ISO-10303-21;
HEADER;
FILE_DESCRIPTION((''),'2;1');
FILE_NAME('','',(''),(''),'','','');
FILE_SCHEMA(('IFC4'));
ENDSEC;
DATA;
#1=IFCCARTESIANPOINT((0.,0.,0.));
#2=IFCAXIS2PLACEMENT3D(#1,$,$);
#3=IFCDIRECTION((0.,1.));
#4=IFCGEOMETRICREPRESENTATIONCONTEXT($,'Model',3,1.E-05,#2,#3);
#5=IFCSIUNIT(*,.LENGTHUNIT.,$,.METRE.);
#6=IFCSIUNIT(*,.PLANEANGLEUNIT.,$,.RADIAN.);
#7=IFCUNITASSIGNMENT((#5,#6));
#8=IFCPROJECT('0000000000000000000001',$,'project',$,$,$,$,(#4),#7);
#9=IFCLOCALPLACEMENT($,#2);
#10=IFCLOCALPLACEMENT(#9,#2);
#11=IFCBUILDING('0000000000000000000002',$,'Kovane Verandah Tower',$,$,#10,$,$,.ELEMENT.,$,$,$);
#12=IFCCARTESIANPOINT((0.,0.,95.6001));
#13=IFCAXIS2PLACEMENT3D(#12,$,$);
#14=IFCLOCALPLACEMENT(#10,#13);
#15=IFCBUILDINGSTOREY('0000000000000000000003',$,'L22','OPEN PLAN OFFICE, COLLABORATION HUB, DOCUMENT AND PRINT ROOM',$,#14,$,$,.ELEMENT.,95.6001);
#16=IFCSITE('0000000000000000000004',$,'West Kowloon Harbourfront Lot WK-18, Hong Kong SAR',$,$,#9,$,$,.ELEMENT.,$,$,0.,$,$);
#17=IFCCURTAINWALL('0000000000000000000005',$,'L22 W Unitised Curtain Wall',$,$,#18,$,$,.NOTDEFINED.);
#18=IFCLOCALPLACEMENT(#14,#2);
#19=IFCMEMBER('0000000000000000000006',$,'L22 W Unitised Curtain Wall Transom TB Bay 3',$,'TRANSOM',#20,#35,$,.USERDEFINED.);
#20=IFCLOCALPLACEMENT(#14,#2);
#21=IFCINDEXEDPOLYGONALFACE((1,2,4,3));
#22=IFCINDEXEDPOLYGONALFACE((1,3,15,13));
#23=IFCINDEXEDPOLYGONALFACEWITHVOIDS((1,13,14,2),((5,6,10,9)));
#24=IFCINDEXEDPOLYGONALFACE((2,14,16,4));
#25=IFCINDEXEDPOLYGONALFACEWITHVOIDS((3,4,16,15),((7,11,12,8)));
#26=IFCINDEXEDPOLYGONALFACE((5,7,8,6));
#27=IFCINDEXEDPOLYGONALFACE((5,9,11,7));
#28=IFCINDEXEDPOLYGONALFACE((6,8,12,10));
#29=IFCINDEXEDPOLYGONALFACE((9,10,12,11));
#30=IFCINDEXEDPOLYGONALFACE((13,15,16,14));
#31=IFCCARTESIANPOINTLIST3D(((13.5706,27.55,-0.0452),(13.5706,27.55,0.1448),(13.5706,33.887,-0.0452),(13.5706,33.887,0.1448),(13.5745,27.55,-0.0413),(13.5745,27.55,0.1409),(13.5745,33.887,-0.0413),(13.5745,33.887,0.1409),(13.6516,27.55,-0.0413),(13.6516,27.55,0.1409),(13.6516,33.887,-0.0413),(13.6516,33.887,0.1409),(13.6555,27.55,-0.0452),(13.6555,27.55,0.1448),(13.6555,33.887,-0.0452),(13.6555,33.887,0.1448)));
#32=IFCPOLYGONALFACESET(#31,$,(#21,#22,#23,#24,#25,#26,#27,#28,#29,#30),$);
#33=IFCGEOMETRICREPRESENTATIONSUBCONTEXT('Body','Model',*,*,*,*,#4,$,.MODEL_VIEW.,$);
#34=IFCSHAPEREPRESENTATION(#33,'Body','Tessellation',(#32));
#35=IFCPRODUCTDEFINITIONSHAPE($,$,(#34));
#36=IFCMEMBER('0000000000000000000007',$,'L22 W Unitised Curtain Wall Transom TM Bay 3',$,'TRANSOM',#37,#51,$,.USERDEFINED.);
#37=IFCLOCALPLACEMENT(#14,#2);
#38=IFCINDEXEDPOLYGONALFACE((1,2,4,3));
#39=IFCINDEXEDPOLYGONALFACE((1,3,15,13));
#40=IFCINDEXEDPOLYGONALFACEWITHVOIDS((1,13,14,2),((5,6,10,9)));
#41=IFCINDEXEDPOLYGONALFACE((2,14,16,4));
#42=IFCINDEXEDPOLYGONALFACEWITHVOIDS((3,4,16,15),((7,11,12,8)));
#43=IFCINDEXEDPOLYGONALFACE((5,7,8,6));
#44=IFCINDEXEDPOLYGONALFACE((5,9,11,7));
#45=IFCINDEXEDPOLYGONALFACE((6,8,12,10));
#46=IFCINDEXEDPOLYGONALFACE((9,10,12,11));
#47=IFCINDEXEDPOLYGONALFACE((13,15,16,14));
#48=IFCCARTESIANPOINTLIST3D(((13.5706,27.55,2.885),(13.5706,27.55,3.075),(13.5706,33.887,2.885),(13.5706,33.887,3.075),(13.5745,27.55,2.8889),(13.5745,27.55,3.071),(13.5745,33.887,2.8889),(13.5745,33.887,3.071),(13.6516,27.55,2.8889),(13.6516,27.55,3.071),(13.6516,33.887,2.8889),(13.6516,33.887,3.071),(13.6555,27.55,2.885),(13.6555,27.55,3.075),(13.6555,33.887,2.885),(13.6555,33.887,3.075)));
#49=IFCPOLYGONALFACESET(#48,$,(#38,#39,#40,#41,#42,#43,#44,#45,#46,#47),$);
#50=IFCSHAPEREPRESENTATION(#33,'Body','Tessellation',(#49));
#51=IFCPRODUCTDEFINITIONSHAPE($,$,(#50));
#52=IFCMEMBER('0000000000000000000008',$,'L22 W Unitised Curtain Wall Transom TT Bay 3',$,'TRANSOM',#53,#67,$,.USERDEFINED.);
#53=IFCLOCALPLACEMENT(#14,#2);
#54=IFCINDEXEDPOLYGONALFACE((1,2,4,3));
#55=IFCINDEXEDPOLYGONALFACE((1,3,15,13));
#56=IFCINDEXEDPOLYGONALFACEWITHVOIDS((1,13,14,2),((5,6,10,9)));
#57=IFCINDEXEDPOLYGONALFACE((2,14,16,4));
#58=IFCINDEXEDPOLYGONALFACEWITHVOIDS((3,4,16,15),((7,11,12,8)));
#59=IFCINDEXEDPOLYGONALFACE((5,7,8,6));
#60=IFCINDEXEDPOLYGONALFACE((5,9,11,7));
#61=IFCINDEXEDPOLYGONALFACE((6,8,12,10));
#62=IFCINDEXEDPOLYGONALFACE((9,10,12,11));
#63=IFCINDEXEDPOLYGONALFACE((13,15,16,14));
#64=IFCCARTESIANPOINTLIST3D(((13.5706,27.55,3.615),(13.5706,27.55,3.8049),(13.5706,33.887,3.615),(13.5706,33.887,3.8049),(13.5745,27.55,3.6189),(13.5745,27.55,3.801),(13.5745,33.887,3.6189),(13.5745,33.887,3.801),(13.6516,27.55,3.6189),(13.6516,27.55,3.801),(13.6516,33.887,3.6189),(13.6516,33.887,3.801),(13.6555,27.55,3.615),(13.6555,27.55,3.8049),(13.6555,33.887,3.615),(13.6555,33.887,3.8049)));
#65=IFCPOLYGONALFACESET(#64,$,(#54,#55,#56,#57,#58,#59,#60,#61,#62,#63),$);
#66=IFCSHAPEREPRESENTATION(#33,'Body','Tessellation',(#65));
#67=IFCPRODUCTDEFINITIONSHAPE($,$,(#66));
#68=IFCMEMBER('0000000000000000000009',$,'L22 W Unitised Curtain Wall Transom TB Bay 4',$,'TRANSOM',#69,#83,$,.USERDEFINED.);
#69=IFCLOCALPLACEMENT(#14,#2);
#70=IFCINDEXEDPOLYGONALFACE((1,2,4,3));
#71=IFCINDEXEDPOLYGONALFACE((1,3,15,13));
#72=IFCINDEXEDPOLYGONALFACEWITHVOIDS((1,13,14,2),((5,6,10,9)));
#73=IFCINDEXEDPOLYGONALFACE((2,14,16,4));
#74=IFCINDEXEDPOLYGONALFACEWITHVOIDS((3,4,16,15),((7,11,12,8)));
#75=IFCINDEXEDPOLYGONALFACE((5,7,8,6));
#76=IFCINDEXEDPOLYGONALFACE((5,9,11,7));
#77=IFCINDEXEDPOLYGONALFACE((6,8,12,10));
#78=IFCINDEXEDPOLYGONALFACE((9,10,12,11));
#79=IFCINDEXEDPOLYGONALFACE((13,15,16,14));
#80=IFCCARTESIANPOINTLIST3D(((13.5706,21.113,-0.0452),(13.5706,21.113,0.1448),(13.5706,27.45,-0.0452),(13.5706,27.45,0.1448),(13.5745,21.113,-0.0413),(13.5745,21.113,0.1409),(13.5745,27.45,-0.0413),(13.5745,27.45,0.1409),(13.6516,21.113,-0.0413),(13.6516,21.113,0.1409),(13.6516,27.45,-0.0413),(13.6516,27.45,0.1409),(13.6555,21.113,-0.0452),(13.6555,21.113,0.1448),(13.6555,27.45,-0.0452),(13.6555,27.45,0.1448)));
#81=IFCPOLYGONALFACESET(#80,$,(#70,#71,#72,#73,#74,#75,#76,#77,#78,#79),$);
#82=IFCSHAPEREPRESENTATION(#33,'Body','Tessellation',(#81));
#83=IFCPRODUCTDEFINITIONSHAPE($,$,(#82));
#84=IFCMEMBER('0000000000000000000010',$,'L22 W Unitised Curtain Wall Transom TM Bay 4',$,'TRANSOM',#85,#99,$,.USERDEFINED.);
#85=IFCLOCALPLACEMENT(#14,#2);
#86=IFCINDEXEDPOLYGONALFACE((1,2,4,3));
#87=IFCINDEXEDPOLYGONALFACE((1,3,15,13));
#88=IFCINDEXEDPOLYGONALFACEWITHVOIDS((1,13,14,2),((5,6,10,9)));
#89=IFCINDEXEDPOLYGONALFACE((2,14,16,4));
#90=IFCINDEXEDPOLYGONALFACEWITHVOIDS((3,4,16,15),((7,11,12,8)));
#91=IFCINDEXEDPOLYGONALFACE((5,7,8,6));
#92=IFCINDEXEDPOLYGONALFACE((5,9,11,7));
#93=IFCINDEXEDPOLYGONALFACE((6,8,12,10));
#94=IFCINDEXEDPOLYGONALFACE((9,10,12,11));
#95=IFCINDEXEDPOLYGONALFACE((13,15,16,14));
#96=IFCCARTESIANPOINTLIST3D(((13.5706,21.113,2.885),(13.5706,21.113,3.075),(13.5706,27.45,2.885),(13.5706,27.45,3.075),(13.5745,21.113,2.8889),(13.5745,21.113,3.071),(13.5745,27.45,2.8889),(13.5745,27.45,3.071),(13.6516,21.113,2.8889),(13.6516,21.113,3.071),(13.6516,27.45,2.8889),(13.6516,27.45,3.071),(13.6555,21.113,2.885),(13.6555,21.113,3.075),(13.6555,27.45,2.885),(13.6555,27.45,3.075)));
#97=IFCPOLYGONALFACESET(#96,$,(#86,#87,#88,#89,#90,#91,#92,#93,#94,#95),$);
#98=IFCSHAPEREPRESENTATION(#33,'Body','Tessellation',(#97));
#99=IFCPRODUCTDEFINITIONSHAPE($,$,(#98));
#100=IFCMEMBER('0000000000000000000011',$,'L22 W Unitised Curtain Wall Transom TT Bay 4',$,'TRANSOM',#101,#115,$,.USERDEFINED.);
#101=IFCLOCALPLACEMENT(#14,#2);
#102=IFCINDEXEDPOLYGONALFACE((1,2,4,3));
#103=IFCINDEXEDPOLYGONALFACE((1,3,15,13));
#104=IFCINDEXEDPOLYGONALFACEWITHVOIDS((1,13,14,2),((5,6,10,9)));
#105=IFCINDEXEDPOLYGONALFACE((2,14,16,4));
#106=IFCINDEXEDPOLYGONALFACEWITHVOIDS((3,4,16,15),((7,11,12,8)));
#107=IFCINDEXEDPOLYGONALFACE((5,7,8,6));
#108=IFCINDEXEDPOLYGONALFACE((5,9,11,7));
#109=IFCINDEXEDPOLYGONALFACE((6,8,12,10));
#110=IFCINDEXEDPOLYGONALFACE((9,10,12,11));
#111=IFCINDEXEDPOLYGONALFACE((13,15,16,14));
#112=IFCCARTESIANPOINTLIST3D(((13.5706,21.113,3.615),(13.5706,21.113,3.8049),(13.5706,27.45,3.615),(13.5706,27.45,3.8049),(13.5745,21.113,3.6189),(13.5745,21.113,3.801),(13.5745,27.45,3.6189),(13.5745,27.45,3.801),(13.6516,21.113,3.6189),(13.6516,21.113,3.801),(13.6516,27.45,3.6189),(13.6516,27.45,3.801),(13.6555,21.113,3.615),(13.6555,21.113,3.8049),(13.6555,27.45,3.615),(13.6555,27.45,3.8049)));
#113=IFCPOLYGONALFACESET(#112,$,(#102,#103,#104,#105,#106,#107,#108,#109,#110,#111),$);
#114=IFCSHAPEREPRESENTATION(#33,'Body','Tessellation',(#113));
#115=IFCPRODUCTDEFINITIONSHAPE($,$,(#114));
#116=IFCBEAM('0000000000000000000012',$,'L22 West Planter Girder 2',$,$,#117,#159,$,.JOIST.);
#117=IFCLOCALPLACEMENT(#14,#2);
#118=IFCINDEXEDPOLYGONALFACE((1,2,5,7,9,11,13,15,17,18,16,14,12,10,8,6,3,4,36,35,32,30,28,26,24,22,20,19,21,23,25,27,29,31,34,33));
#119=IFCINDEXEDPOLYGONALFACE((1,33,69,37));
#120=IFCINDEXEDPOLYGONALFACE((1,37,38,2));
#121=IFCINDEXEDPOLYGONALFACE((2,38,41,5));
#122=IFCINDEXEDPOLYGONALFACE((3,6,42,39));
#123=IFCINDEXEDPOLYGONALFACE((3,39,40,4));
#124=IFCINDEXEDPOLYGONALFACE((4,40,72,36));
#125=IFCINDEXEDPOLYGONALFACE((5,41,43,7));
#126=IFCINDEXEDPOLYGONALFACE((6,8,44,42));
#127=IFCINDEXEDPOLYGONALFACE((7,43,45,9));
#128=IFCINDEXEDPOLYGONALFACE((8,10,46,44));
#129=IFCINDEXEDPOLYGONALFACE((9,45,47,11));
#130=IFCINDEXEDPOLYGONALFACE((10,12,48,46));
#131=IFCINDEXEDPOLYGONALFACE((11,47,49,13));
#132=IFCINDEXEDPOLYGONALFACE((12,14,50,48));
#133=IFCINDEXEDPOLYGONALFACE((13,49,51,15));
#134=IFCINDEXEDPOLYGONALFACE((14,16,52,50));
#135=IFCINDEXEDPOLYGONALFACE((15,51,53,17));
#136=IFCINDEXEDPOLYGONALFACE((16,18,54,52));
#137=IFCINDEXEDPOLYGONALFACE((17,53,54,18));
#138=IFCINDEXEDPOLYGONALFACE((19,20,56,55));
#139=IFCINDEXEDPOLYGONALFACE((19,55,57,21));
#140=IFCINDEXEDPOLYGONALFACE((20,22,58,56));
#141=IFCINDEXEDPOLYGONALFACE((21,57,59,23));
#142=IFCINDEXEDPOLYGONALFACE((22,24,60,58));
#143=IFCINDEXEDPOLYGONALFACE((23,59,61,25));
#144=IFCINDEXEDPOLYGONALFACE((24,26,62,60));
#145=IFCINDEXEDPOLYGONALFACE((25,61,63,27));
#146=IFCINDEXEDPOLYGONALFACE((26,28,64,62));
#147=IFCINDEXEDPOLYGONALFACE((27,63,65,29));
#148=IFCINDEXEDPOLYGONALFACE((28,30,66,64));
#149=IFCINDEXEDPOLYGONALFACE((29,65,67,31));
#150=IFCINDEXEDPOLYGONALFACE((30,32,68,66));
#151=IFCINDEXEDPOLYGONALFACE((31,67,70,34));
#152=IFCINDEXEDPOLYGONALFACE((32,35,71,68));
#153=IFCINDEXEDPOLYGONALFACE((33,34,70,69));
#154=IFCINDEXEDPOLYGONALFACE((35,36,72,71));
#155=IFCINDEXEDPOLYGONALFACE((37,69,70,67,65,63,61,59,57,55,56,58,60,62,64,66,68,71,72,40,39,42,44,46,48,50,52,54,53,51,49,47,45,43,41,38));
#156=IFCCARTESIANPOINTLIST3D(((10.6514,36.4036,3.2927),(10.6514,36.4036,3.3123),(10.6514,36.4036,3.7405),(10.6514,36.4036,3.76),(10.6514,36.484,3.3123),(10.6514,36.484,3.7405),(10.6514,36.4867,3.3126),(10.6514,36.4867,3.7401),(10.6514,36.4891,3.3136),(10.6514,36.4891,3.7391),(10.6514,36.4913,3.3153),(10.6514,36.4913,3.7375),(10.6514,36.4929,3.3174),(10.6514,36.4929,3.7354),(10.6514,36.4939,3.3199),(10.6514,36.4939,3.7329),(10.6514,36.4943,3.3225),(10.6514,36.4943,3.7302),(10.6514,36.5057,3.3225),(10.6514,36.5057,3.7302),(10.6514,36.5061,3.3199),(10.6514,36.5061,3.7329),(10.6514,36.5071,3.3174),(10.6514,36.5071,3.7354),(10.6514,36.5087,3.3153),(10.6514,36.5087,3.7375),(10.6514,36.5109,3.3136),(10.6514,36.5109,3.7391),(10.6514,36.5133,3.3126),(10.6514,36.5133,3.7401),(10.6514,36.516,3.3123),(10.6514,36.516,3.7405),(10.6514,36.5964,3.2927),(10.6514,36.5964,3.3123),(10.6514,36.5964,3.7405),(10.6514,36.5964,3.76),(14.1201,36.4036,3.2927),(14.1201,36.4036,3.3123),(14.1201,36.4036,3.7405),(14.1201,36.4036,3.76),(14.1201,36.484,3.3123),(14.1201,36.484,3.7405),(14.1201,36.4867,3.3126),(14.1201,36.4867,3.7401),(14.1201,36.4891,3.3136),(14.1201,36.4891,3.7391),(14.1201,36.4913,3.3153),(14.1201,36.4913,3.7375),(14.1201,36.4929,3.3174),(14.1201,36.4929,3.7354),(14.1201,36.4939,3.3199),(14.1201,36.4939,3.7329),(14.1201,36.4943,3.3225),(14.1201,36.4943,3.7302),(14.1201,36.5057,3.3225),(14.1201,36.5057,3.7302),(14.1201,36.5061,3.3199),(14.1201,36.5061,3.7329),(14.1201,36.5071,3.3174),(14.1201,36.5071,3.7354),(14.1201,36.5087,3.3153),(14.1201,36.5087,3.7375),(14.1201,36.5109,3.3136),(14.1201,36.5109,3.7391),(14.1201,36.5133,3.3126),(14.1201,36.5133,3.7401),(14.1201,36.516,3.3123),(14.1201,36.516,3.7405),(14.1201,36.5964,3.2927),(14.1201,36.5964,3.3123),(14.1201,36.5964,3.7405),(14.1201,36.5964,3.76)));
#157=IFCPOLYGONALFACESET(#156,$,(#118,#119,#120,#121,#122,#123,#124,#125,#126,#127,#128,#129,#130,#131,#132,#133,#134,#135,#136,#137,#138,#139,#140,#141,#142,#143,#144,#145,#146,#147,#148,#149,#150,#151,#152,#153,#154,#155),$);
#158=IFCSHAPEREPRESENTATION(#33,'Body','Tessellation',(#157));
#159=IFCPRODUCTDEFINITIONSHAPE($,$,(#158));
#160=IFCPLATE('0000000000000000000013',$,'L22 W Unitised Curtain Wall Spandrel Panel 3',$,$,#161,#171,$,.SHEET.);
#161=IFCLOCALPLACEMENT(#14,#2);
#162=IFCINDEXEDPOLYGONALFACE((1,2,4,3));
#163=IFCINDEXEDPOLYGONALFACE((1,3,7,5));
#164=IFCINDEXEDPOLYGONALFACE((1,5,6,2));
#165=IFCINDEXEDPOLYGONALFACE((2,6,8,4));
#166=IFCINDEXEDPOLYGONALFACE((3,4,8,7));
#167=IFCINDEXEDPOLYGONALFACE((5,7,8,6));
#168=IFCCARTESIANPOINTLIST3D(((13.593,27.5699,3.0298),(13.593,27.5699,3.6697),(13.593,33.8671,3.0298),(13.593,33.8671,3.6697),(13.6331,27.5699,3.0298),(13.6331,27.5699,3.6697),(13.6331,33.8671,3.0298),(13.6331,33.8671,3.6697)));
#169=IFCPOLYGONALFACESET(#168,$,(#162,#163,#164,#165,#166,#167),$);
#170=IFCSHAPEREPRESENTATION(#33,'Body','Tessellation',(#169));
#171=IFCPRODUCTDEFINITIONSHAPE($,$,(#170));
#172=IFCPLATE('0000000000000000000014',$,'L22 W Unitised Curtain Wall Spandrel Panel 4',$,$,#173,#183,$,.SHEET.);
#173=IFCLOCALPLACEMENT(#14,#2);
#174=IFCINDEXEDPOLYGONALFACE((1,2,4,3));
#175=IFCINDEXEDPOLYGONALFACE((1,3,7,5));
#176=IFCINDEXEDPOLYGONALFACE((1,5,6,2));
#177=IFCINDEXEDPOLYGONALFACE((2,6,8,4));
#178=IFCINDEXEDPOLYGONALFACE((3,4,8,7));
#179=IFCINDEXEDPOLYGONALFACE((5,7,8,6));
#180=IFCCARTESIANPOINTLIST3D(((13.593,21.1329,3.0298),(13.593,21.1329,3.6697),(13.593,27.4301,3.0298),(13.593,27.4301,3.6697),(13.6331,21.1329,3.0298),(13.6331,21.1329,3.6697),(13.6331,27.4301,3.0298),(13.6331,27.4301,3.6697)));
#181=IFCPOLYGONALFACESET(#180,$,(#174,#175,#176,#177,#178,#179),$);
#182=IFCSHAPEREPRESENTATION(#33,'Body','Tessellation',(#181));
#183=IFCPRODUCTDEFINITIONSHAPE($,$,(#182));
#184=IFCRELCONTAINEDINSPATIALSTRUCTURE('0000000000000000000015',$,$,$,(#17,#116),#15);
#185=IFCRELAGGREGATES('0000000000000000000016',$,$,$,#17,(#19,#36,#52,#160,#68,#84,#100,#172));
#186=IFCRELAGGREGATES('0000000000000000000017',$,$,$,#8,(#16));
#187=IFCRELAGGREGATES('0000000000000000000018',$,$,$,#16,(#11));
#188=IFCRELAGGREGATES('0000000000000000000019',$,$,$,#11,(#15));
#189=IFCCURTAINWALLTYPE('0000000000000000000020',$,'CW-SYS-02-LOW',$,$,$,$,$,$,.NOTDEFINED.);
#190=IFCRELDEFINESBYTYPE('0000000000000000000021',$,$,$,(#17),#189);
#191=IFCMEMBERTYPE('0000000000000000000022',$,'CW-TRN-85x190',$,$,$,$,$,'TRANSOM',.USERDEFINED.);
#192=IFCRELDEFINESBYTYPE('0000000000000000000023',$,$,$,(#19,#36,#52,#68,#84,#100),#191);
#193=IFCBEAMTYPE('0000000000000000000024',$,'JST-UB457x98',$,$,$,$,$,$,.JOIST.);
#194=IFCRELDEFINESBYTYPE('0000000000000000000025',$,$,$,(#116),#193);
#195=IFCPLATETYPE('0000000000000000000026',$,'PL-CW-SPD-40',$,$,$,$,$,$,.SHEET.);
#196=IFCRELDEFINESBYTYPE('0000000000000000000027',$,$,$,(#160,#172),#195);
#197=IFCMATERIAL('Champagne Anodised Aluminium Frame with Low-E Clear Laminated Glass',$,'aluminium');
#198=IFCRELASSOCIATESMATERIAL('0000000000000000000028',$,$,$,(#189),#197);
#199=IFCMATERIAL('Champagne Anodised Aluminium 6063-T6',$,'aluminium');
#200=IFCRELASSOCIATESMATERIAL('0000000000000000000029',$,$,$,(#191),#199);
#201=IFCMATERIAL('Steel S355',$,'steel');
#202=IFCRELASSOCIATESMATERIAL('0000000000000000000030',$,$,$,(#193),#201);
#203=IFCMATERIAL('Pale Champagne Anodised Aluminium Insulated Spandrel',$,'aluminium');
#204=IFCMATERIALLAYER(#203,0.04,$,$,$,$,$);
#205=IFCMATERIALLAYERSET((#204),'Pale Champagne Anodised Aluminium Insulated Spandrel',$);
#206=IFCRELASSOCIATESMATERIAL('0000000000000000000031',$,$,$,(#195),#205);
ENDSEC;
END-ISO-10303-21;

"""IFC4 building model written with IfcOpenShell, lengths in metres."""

from ifc_helpers import new_model, si_unit, direction, frame, origin, origin_2d, place, context, subcontext, project, spatial, rectangle, hollow_rectangle, i_section, extrude, material, layer, layer_set, material_profile, profile_set, type_object, element, aggregate, save


model = new_model("IFC4")

# Units and contexts
model_context = context("Model", 3, precision=1e-05, world=origin(), true_north=direction((0.0, 1.0)))
body_context = subcontext(model_context, "Body", "Model", "MODEL_VIEW")
ifc_project = project(units=[si_unit("LENGTHUNIT", "METRE"), si_unit("PLANEANGLEUNIT", "RADIAN")], contexts=[model_context])

# Site, building, storey
site_placement = place(None, origin())
site = spatial("IfcSite", under=ifc_project, at=site_placement, Name="West Kowloon Harbourfront Lot WK-18, Hong Kong SAR", CompositionType="ELEMENT", RefElevation=0.0)
building_placement = place(site_placement, origin())
building = spatial("IfcBuilding", under=site, at=building_placement, Name="Kovane Verandah Tower", CompositionType="ELEMENT")
storey_placement = place(building_placement, frame((0.0, 0.0, 95.6001)))
storey = spatial("IfcBuildingStorey", under=building, at=storey_placement, Name="L22", Description="OPEN PLAN OFFICE, COLLABORATION HUB, DOCUMENT AND PRINT ROOM", CompositionType="ELEMENT", Elevation=95.6001)

# Shared definitions
ifc_material_1 = material(Name="Steel S355", Category="steel")

# Curtain wall, members
ifc_material_2 = material(Name="Champagne Anodised Aluminium Frame with Low-E Clear Laminated Glass", Category="aluminium")
curtain_wall_type = type_object("IfcCurtainWallType", Name="CW-SYS-02-LOW", PredefinedType="NOTDEFINED", material=ifc_material_2)
curtain_wall_placement = place(storey_placement, origin())
curtain_wall = element("IfcCurtainWall", 1, at=curtain_wall_placement, inside=storey, type_object=curtain_wall_type, Name="L22 W Unitised Curtain Wall", PredefinedType="NOTDEFINED")
ifc_material_3 = material(Name="Champagne Anodised Aluminium 6063-T6", Category="aluminium")
ifc_material_profile_1 = material_profile(ifc_material_3, hollow_rectangle(XDim=0.085, YDim=0.1899, WallThickness=0.0039, at=origin_2d()), Name="AL85x190x4")
ifc_profile_set_1 = profile_set([ifc_material_profile_1], Name="Champagne Anodised Aluminium 6063-T6")
member_type_1 = type_object("IfcMemberType", Name="CW-TRN-85x190", ElementType="TRANSOM", PredefinedType="USERDEFINED", material=ifc_profile_set_1)
member_1_placement = place(storey_placement, frame((13.613, 33.887, 0.0498), z_axis=(0.0, -1.0, 0.0), x_axis=(1.0, 0.0, 0.0)))
member_1 = element("IfcMember", 2, at=member_1_placement, type_object=member_type_1, Name="L22 W Unitised Curtain Wall Transom TB Bay 3", ObjectType="TRANSOM", PredefinedType="USERDEFINED", context=body_context, shape_type="SweptSolid", body=[
    extrude(hollow_rectangle(XDim=0.085, YDim=0.1899, WallThickness=0.0039, at=origin_2d()), origin(), (0.0, 0.0, 1.0), 6.3369),
])
member_2_placement = place(storey_placement, frame((13.613, 33.887, 2.98), z_axis=(0.0, -1.0, 0.0), x_axis=(1.0, 0.0, 0.0)))
member_2 = element("IfcMember", 3, at=member_2_placement, type_object=member_type_1, Name="L22 W Unitised Curtain Wall Transom TM Bay 3", ObjectType="TRANSOM", PredefinedType="USERDEFINED", context=body_context, shape_type="SweptSolid", body=[
    extrude(hollow_rectangle(XDim=0.085, YDim=0.1899, WallThickness=0.0039, at=origin_2d()), origin(), (0.0, 0.0, 1.0), 6.3369),
])
member_3_placement = place(storey_placement, frame((13.613, 33.887, 3.71), z_axis=(0.0, -1.0, 0.0), x_axis=(1.0, 0.0, 0.0)))
member_3 = element("IfcMember", 4, at=member_3_placement, type_object=member_type_1, Name="L22 W Unitised Curtain Wall Transom TT Bay 3", ObjectType="TRANSOM", PredefinedType="USERDEFINED", context=body_context, shape_type="SweptSolid", body=[
    extrude(hollow_rectangle(XDim=0.085, YDim=0.1899, WallThickness=0.0039, at=origin_2d()), origin(), (0.0, 0.0, 1.0), 6.3369),
])
member_4_placement = place(storey_placement, frame((13.613, 27.45, 0.0498), z_axis=(0.0, -1.0, 0.0), x_axis=(1.0, 0.0, 0.0)))
member_4 = element("IfcMember", 5, at=member_4_placement, type_object=member_type_1, Name="L22 W Unitised Curtain Wall Transom TB Bay 4", ObjectType="TRANSOM", PredefinedType="USERDEFINED", context=body_context, shape_type="SweptSolid", body=[
    extrude(hollow_rectangle(XDim=0.085, YDim=0.1899, WallThickness=0.0039, at=origin_2d()), origin(), (0.0, 0.0, 1.0), 6.3369),
])
member_5_placement = place(storey_placement, frame((13.613, 27.45, 2.98), z_axis=(0.0, -1.0, 0.0), x_axis=(1.0, 0.0, 0.0)))
member_5 = element("IfcMember", 6, at=member_5_placement, type_object=member_type_1, Name="L22 W Unitised Curtain Wall Transom TM Bay 4", ObjectType="TRANSOM", PredefinedType="USERDEFINED", context=body_context, shape_type="SweptSolid", body=[
    extrude(hollow_rectangle(XDim=0.085, YDim=0.1899, WallThickness=0.0039, at=origin_2d()), origin(), (0.0, 0.0, 1.0), 6.3369),
])
member_6_placement = place(storey_placement, frame((13.613, 27.45, 3.71), z_axis=(0.0, -1.0, 0.0), x_axis=(1.0, 0.0, 0.0)))
member_6 = element("IfcMember", 7, at=member_6_placement, type_object=member_type_1, Name="L22 W Unitised Curtain Wall Transom TT Bay 4", ObjectType="TRANSOM", PredefinedType="USERDEFINED", context=body_context, shape_type="SweptSolid", body=[
    extrude(hollow_rectangle(XDim=0.085, YDim=0.1899, WallThickness=0.0039, at=origin_2d()), origin(), (0.0, 0.0, 1.0), 6.3369),
])

# Beam
ifc_material_profile_2 = material_profile(ifc_material_1, i_section(OverallWidth=0.1929, OverallDepth=0.4673, WebThickness=0.0115, FlangeThickness=0.0195, FilletRadius=0.0103, at=origin_2d()), Name="UB457x191x98")
ifc_profile_set_2 = profile_set([ifc_material_profile_2], Name="Steel S355")
beam_type_1 = type_object("IfcBeamType", Name="JST-UB457x98", PredefinedType="JOIST", material=ifc_profile_set_2)
beam_placement = place(storey_placement, frame((14.1201, 36.5, 3.5264), z_axis=(-1.0, 0.0, 0.0), x_axis=(0.0, -1.0, 0.0)))
element("IfcBeam", 8, at=beam_placement, inside=storey, type_object=beam_type_1, Name="L22 West Planter Girder 2", PredefinedType="JOIST", context=body_context, shape_type="SweptSolid", body=[
    extrude(i_section(OverallWidth=0.1929, OverallDepth=0.4673, WebThickness=0.0115, FlangeThickness=0.0195, FilletRadius=0.0103, at=origin_2d()), origin(), (0.0, 0.0, 1.0), 3.4688),
])

# Plates
ifc_material_4 = material(Name="Pale Champagne Anodised Aluminium Insulated Spandrel", Category="aluminium")
ifc_layer_1 = layer(ifc_material_4, 0.04)
ifc_layer_set_1 = layer_set([ifc_layer_1], Name="Pale Champagne Anodised Aluminium Insulated Spandrel")
plate_type_1 = type_object("IfcPlateType", Name="PL-CW-SPD-40", PredefinedType="SHEET", material=ifc_layer_set_1)
plate_1_placement = place(storey_placement, frame((13.613, 30.7185, 3.0298), z_axis=(0.0, 0.0, 1.0), x_axis=(0.0, -1.0, 0.0)))
plate_1 = element("IfcPlate", 9, at=plate_1_placement, type_object=plate_type_1, Name="L22 W Unitised Curtain Wall Spandrel Panel 3", PredefinedType="SHEET", context=body_context, shape_type="SweptSolid", body=[
    extrude(rectangle(XDim=6.2971, YDim=0.04, at=origin_2d()), origin(), (0.0, 0.0, 1.0), 0.6399),
])
plate_2_placement = place(storey_placement, frame((13.613, 24.2815, 3.0298), z_axis=(0.0, 0.0, 1.0), x_axis=(0.0, -1.0, 0.0)))
plate_2 = element("IfcPlate", 10, at=plate_2_placement, type_object=plate_type_1, Name="L22 W Unitised Curtain Wall Spandrel Panel 4", PredefinedType="SHEET", context=body_context, shape_type="SweptSolid", body=[
    extrude(rectangle(XDim=6.2971, YDim=0.04, at=origin_2d()), origin(), (0.0, 0.0, 1.0), 0.6399),
])
aggregate(curtain_wall, [member_1, member_2, member_3, plate_1, member_4, member_5, member_6, plate_2])

save(model, "model.ifc")
